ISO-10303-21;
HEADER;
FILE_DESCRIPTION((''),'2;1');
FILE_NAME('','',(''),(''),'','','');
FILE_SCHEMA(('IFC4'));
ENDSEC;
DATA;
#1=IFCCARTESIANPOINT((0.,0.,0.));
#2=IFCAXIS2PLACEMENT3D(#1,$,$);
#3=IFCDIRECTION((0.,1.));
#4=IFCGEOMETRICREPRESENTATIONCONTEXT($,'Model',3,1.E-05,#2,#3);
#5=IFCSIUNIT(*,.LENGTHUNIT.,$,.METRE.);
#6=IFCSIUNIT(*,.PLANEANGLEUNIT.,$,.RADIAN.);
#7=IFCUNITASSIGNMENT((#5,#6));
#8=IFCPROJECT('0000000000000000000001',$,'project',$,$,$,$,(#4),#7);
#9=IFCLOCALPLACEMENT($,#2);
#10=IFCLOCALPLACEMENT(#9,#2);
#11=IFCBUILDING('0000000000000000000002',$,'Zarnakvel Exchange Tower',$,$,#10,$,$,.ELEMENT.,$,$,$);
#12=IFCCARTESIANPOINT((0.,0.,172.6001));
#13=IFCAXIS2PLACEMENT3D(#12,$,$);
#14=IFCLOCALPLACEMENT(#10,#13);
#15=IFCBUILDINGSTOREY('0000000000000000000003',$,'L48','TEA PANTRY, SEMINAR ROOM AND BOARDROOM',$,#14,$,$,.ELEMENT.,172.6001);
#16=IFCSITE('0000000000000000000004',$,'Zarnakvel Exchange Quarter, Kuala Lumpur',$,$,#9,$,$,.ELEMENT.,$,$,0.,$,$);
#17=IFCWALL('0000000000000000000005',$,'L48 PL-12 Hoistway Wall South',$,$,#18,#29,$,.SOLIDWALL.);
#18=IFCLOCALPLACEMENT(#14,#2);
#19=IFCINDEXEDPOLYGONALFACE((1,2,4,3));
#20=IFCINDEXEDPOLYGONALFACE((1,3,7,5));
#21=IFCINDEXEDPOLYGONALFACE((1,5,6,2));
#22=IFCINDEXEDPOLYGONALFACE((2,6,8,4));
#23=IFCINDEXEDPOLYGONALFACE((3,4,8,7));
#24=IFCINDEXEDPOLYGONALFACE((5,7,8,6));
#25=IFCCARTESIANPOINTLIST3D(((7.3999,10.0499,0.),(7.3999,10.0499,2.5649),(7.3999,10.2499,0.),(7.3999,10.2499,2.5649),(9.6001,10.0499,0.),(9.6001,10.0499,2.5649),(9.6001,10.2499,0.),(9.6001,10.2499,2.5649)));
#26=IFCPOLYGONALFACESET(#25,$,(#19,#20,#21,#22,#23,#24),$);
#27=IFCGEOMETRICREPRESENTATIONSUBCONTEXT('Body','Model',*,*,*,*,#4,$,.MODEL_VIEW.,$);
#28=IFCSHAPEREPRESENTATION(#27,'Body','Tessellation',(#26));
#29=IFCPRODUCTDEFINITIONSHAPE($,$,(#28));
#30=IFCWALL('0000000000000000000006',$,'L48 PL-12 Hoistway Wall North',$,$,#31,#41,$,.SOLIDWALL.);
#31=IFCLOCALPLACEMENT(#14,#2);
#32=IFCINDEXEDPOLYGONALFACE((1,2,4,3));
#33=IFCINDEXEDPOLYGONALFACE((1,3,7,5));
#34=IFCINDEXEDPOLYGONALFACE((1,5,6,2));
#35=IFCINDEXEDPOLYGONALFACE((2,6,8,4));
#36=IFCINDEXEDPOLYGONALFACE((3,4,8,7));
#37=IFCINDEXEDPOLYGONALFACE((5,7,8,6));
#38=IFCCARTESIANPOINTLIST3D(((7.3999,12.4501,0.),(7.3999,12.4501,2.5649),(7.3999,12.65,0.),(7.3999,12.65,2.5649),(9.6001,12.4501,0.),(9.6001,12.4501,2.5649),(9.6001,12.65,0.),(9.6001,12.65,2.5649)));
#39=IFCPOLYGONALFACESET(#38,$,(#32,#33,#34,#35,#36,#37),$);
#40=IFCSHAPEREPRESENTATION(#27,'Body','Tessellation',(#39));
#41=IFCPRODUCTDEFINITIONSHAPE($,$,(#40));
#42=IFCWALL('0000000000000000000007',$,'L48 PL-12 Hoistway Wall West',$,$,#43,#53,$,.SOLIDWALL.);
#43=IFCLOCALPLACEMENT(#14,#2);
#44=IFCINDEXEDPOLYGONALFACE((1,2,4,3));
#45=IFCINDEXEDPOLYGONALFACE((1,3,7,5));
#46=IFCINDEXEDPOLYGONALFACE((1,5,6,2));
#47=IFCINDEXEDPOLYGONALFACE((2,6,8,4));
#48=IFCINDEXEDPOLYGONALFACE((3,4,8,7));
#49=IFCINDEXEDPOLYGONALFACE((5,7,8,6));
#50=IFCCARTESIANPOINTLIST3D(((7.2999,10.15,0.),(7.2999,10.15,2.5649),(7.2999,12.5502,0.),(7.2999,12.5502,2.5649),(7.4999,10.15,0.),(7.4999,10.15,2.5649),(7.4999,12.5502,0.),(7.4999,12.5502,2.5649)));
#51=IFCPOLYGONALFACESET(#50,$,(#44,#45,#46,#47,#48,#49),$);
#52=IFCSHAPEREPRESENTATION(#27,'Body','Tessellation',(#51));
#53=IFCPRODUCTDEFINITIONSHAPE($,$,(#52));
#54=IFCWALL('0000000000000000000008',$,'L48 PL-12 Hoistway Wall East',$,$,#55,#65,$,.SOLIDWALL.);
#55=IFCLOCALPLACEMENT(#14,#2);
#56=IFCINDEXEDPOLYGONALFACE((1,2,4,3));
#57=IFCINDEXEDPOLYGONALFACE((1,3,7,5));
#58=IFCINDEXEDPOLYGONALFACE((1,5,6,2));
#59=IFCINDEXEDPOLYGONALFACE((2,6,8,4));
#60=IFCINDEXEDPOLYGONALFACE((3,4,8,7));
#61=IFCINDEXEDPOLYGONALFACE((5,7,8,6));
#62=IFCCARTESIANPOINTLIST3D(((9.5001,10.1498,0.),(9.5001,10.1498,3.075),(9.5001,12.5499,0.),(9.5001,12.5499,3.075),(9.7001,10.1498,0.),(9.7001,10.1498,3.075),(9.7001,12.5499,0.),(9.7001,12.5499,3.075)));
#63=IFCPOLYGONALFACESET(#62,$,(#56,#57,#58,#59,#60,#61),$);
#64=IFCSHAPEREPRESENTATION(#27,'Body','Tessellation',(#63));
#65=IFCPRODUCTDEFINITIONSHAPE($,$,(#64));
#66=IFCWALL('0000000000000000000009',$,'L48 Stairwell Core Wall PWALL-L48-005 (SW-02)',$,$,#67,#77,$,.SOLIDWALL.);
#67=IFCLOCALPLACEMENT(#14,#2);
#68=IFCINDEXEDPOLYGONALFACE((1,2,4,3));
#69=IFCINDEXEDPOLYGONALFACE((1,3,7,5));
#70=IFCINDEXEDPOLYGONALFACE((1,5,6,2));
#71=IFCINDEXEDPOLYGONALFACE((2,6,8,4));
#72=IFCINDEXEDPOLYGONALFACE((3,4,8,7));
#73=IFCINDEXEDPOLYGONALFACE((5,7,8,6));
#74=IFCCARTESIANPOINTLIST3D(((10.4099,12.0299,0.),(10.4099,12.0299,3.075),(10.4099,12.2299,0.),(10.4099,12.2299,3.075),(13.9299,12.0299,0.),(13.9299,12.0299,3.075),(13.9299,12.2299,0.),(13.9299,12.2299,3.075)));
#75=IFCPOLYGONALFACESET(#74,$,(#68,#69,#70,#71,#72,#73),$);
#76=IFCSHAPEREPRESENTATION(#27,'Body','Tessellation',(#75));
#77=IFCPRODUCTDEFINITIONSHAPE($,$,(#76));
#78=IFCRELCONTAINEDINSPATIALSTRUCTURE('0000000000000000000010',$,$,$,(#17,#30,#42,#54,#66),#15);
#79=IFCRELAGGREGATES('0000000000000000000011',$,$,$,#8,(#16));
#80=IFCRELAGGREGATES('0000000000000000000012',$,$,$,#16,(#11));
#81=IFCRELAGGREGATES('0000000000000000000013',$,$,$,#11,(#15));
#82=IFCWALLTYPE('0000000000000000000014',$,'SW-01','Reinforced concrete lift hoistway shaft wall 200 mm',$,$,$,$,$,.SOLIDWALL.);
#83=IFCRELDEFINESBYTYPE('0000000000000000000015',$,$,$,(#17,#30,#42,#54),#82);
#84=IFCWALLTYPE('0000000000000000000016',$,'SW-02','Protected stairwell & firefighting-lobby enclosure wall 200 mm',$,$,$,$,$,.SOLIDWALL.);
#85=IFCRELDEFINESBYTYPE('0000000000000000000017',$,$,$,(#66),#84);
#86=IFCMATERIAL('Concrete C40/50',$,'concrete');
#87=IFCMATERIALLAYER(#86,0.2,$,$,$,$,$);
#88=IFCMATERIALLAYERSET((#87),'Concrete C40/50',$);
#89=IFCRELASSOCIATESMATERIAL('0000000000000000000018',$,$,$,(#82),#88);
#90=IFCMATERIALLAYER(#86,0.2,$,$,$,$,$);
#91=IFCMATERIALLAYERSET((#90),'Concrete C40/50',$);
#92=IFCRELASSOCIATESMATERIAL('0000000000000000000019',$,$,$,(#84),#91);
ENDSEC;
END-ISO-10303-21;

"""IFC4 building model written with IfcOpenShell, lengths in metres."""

from ifc_helpers import new_model, si_unit, direction, frame, frame_2d, origin, place, context, subcontext, project, spatial, rectangle, extrude, material, layer, layer_set, type_object, element, save


model = new_model("IFC4")

# Units and contexts
model_context = context("Model", 3, precision=1e-05, world=origin(), true_north=direction((0.0, 1.0)))
body_context = subcontext(model_context, "Body", "Model", "MODEL_VIEW")
ifc_project = project(units=[si_unit("LENGTHUNIT", "METRE"), si_unit("PLANEANGLEUNIT", "RADIAN")], contexts=[model_context])

# Site, building, storey
site_placement = place(None, origin())
site = spatial("IfcSite", under=ifc_project, at=site_placement, Name="Zarnakvel Exchange Quarter, Kuala Lumpur", CompositionType="ELEMENT", RefElevation=0.0)
building_placement = place(site_placement, origin())
building = spatial("IfcBuilding", under=site, at=building_placement, Name="Zarnakvel Exchange Tower", CompositionType="ELEMENT")
storey_placement = place(building_placement, frame((0.0, 0.0, 172.6001)))
storey = spatial("IfcBuildingStorey", under=building, at=storey_placement, Name="L48", Description="TEA PANTRY, SEMINAR ROOM AND BOARDROOM", CompositionType="ELEMENT", Elevation=172.6001)

# Walls
ifc_material_1 = material(Name="Concrete C40/50", Category="concrete")
ifc_layer_1 = layer(ifc_material_1, 0.2)
ifc_layer_set_1 = layer_set([ifc_layer_1], Name="Concrete C40/50")
wall_type_1 = type_object("IfcWallType", Name="SW-01", Description="Reinforced concrete lift hoistway shaft wall 200 mm", PredefinedType="SOLIDWALL", material=ifc_layer_set_1)
for number, where, z_axis, x_axis, name in (
    (1, (9.6001, 10.1499, 0.0), (0.0, 0.0, 1.0), (-1.0, 0.0, 0.0), "L48 PL-12 Hoistway Wall South"),
    (2, (7.3999, 12.55, 0.0), (0.0, 0.0, 1.0), (1.0, 0.0, 0.0), "L48 PL-12 Hoistway Wall North"),
):
    element("IfcWall", number, at=place(storey_placement, frame(where, z_axis=z_axis, x_axis=x_axis)), inside=storey, type_object=wall_type_1, Name=name, PredefinedType="SOLIDWALL", context=body_context, shape_type="SweptSolid", body=[
        extrude(rectangle(XDim=2.2002, YDim=0.2, at=frame_2d((1.1001, 0.0))), origin(), (0.0, 0.0, 1.0), 2.5649),
    ])
wall_1_placement = place(storey_placement, frame((7.3999, 10.1499, 0.0), z_axis=(0.0, 0.0, 1.0), x_axis=(0.0, 1.0, 0.0)))
element("IfcWall", 3, at=wall_1_placement, inside=storey, type_object=wall_type_1, Name="L48 PL-12 Hoistway Wall West", PredefinedType="SOLIDWALL", context=body_context, shape_type="SweptSolid", body=[
    extrude(rectangle(XDim=2.4001, YDim=0.2, at=frame_2d((1.2002, 0.0))), origin(), (0.0, 0.0, 1.0), 2.5649),
])
wall_2_placement = place(storey_placement, frame((9.6001, 12.55, 0.0), z_axis=(0.0, 0.0, 1.0), x_axis=(0.0, -1.0, 0.0)))
element("IfcWall", 4, at=wall_2_placement, inside=storey, type_object=wall_type_1, Name="L48 PL-12 Hoistway Wall East", PredefinedType="SOLIDWALL", context=body_context, shape_type="SweptSolid", body=[
    extrude(rectangle(XDim=2.4001, YDim=0.2, at=frame_2d((1.2002, 0.0))), origin(), (0.0, 0.0, 1.0), 3.075),
])
ifc_layer_2 = layer(ifc_material_1, 0.2)
ifc_layer_set_2 = layer_set([ifc_layer_2], Name="Concrete C40/50")
wall_type_2 = type_object("IfcWallType", Name="SW-02", Description="Protected stairwell & firefighting-lobby enclosure wall 200 mm", PredefinedType="SOLIDWALL", material=ifc_layer_set_2)
wall_3_placement = place(storey_placement, frame((10.4099, 12.1299, 0.0), z_axis=(0.0, 0.0, 1.0), x_axis=(1.0, 0.0, 0.0)))
element("IfcWall", 5, at=wall_3_placement, inside=storey, type_object=wall_type_2, Name="L48 Stairwell Core Wall PWALL-L48-005 (SW-02)", PredefinedType="SOLIDWALL", context=body_context, shape_type="SweptSolid", body=[
    extrude(rectangle(XDim=3.52, YDim=0.2, at=frame_2d((1.76, 0.0))), origin(), (0.0, 0.0, 1.0), 3.075),
])

save(model, "model.ifc")
